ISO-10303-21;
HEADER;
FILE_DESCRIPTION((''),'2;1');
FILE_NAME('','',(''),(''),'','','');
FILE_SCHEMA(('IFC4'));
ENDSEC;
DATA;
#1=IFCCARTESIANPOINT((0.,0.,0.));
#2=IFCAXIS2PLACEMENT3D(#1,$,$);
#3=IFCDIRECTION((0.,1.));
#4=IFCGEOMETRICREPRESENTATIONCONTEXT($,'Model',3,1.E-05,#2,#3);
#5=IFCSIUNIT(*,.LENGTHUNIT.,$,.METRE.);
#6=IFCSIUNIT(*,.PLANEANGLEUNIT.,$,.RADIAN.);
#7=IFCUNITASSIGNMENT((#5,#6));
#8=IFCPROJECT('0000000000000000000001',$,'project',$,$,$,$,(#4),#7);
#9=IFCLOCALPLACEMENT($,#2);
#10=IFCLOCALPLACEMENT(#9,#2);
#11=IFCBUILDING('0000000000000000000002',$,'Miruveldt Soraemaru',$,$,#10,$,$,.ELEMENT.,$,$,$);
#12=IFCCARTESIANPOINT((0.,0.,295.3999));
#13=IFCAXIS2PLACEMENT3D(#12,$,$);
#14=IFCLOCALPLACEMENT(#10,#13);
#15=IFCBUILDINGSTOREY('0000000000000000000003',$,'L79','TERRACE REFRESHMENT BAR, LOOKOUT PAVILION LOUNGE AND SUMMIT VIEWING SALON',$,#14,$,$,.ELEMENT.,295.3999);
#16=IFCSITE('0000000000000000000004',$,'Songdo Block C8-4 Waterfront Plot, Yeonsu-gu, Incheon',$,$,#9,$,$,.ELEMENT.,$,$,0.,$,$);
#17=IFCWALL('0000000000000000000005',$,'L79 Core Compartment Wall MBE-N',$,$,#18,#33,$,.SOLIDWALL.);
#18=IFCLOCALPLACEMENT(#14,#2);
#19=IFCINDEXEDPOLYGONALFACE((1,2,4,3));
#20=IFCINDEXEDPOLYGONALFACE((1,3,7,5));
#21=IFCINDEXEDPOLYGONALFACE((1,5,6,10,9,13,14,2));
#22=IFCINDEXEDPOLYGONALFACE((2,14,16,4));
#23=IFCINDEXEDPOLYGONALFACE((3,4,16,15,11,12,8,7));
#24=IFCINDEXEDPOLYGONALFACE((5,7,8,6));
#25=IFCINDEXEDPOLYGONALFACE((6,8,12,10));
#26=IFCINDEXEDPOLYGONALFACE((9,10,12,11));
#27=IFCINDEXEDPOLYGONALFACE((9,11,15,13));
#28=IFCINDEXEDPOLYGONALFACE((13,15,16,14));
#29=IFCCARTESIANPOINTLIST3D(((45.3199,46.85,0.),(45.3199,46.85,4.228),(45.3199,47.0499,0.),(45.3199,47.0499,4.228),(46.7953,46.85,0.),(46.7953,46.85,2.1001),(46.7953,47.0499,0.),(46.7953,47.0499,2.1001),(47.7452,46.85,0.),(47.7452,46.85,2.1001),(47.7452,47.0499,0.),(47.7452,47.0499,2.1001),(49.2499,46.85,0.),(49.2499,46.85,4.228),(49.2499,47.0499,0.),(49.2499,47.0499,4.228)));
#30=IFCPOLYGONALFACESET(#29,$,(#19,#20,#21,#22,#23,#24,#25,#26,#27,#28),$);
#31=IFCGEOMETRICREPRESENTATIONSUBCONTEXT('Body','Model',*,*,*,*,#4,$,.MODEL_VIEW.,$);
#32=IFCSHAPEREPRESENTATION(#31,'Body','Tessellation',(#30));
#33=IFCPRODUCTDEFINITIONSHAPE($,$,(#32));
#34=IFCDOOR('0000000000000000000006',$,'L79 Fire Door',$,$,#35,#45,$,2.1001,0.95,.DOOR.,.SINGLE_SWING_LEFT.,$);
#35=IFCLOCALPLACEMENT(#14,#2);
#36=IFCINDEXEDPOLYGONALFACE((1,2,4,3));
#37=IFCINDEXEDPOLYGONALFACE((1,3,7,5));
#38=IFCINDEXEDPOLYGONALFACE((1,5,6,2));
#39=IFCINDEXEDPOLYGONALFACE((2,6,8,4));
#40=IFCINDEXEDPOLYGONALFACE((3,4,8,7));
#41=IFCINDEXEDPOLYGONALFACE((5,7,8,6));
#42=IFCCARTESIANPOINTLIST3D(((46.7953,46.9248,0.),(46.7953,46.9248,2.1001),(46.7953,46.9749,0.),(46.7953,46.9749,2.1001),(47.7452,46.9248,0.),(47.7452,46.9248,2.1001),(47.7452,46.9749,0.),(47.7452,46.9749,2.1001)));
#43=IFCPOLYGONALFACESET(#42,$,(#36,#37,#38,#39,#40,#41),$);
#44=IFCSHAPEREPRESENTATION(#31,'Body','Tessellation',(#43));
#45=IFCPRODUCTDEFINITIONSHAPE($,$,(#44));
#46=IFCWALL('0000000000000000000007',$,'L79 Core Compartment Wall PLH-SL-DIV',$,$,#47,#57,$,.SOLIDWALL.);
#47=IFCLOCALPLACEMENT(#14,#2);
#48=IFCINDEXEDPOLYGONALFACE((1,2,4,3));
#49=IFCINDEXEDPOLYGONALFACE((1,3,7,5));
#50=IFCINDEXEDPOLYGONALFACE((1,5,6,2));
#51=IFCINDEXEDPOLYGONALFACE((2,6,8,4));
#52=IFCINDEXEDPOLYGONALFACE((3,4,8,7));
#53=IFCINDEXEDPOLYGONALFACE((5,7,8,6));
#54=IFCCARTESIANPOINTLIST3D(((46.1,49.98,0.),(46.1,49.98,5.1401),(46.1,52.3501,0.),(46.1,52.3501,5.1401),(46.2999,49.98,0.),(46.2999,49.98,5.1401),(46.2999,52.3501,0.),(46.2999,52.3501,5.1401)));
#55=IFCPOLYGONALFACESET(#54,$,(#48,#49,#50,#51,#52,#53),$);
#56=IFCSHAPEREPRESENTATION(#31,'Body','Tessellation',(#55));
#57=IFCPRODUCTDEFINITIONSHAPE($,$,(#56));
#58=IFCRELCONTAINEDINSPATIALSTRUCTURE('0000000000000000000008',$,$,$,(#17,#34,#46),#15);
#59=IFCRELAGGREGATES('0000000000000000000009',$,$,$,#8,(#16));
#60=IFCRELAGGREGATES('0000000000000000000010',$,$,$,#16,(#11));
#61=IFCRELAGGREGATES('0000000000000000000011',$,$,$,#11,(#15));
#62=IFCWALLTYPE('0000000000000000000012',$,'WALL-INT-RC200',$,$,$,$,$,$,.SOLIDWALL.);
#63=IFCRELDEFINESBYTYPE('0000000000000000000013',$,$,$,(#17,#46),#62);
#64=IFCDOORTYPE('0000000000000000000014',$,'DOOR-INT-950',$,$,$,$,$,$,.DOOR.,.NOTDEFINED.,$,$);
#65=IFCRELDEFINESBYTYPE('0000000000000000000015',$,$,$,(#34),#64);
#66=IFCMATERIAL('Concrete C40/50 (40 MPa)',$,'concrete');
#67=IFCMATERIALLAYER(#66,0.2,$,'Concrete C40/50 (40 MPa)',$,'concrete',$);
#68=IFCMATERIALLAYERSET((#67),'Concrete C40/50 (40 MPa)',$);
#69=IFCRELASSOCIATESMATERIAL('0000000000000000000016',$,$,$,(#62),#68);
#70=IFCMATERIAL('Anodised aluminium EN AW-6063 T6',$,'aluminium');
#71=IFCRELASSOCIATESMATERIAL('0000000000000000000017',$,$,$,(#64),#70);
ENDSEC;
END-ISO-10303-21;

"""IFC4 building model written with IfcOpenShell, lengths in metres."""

from ifc_helpers import new_model, si_unit, direction, frame, frame_2d, origin, place, context, subcontext, project, spatial, rectangle, extrude, material, layer, layer_set, type_object, element, fill, save


model = new_model("IFC4")

# Units and contexts
model_context = context("Model", 3, precision=1e-05, world=origin(), true_north=direction((0.0, 1.0)))
body_context = subcontext(model_context, "Body", "Model", "MODEL_VIEW")
ifc_project = project(units=[si_unit("LENGTHUNIT", "METRE"), si_unit("PLANEANGLEUNIT", "RADIAN")], contexts=[model_context])

# Site, building, storey
site_placement = place(None, origin())
site = spatial("IfcSite", under=ifc_project, at=site_placement, Name="Songdo Block C8-4 Waterfront Plot, Yeonsu-gu, Incheon", CompositionType="ELEMENT", RefElevation=0.0)
building_placement = place(site_placement, origin())
building = spatial("IfcBuilding", under=site, at=building_placement, Name="Miruveldt Soraemaru", CompositionType="ELEMENT")
storey_placement = place(building_placement, frame((0.0, 0.0, 295.3999)))
storey = spatial("IfcBuildingStorey", under=building, at=storey_placement, Name="L79", Description="TERRACE REFRESHMENT BAR, LOOKOUT PAVILION LOUNGE AND SUMMIT VIEWING SALON", CompositionType="ELEMENT", Elevation=295.3999)

# Shared definitions
ifc_material_1 = material(Name="Concrete C40/50 (40 MPa)", Category="concrete")

# Shared definitions
ifc_layer_1 = layer(ifc_material_1, 0.2, Name="Concrete C40/50 (40 MPa)", Category="concrete")
ifc_layer_set_1 = layer_set([ifc_layer_1], Name="Concrete C40/50 (40 MPa)")
wall_type_1 = type_object("IfcWallType", Name="WALL-INT-RC200", PredefinedType="SOLIDWALL", material=ifc_layer_set_1)
ifc_material_2 = material(Name="Anodised aluminium EN AW-6063 T6", Category="aluminium")

# Wall, opening, door
wall_1_placement = place(storey_placement, frame((45.3201, 46.95, 0.0), z_axis=(0.0, 0.0, 1.0), x_axis=(1.0, 0.0, 0.0)))
wall_1 = element("IfcWall", 1, at=wall_1_placement, inside=storey, type_object=wall_type_1, Name="L79 Core Compartment Wall MBE-N", PredefinedType="SOLIDWALL", context=body_context, shape_type="SweptSolid", body=[
    extrude(rectangle(XDim=3.9299, YDim=0.2, at=frame_2d((1.9648, 0.0))), origin(), (0.0, 0.0, 1.0), 4.228),
])
opening_1_placement = place(wall_1_placement, frame((1.4751, 0.0, 0.0)))
opening_1 = element("IfcOpeningElement", 2, at=opening_1_placement, cuts=wall_1, PredefinedType="OPENING", context=body_context, shape_type="SweptSolid", body=[
    extrude(rectangle(XDim=0.95, YDim=2.1001, at=frame_2d((0.4751, 1.05))), frame((0.0, 0.1099, 0.0), z_axis=(0.0, -1.0, 0.0), x_axis=(1.0, 0.0, 0.0)), (0.0, 0.0, 1.0), 0.22),
])
door_type_1 = type_object("IfcDoorType", Name="DOOR-INT-950", OperationType="NOTDEFINED", PredefinedType="DOOR", material=ifc_material_2)
door_1_placement = place(opening_1_placement, origin())
door_1 = element("IfcDoor", 3, at=door_1_placement, inside=storey, type_object=door_type_1, Name="L79 Fire Door", OperationType="SINGLE_SWING_LEFT", OverallHeight=2.1001, OverallWidth=0.95, PredefinedType="DOOR", context=body_context, shape_type="SweptSolid", body=[
    extrude(rectangle(XDim=0.95, YDim=2.1001, at=frame_2d((0.4751, 1.05))), frame((0.0, 0.0249, 0.0), z_axis=(0.0, -1.0, 0.0), x_axis=(1.0, 0.0, 0.0)), (0.0, 0.0, 1.0), 0.05),
])
fill(opening_1, door_1)

# Wall
wall_2_placement = place(storey_placement, frame((46.2, 49.98, 0.0), z_axis=(0.0, 0.0, 1.0), x_axis=(0.0, 1.0, 0.0)))
element("IfcWall", 4, at=wall_2_placement, inside=storey, type_object=wall_type_1, Name="L79 Core Compartment Wall PLH-SL-DIV", PredefinedType="SOLIDWALL", context=body_context, shape_type="SweptSolid", body=[
    extrude(rectangle(XDim=2.3701, YDim=0.2, at=frame_2d((1.1851, 0.0))), origin(), (0.0, 0.0, 1.0), 5.1401),
])

save(model, "model.ifc")
